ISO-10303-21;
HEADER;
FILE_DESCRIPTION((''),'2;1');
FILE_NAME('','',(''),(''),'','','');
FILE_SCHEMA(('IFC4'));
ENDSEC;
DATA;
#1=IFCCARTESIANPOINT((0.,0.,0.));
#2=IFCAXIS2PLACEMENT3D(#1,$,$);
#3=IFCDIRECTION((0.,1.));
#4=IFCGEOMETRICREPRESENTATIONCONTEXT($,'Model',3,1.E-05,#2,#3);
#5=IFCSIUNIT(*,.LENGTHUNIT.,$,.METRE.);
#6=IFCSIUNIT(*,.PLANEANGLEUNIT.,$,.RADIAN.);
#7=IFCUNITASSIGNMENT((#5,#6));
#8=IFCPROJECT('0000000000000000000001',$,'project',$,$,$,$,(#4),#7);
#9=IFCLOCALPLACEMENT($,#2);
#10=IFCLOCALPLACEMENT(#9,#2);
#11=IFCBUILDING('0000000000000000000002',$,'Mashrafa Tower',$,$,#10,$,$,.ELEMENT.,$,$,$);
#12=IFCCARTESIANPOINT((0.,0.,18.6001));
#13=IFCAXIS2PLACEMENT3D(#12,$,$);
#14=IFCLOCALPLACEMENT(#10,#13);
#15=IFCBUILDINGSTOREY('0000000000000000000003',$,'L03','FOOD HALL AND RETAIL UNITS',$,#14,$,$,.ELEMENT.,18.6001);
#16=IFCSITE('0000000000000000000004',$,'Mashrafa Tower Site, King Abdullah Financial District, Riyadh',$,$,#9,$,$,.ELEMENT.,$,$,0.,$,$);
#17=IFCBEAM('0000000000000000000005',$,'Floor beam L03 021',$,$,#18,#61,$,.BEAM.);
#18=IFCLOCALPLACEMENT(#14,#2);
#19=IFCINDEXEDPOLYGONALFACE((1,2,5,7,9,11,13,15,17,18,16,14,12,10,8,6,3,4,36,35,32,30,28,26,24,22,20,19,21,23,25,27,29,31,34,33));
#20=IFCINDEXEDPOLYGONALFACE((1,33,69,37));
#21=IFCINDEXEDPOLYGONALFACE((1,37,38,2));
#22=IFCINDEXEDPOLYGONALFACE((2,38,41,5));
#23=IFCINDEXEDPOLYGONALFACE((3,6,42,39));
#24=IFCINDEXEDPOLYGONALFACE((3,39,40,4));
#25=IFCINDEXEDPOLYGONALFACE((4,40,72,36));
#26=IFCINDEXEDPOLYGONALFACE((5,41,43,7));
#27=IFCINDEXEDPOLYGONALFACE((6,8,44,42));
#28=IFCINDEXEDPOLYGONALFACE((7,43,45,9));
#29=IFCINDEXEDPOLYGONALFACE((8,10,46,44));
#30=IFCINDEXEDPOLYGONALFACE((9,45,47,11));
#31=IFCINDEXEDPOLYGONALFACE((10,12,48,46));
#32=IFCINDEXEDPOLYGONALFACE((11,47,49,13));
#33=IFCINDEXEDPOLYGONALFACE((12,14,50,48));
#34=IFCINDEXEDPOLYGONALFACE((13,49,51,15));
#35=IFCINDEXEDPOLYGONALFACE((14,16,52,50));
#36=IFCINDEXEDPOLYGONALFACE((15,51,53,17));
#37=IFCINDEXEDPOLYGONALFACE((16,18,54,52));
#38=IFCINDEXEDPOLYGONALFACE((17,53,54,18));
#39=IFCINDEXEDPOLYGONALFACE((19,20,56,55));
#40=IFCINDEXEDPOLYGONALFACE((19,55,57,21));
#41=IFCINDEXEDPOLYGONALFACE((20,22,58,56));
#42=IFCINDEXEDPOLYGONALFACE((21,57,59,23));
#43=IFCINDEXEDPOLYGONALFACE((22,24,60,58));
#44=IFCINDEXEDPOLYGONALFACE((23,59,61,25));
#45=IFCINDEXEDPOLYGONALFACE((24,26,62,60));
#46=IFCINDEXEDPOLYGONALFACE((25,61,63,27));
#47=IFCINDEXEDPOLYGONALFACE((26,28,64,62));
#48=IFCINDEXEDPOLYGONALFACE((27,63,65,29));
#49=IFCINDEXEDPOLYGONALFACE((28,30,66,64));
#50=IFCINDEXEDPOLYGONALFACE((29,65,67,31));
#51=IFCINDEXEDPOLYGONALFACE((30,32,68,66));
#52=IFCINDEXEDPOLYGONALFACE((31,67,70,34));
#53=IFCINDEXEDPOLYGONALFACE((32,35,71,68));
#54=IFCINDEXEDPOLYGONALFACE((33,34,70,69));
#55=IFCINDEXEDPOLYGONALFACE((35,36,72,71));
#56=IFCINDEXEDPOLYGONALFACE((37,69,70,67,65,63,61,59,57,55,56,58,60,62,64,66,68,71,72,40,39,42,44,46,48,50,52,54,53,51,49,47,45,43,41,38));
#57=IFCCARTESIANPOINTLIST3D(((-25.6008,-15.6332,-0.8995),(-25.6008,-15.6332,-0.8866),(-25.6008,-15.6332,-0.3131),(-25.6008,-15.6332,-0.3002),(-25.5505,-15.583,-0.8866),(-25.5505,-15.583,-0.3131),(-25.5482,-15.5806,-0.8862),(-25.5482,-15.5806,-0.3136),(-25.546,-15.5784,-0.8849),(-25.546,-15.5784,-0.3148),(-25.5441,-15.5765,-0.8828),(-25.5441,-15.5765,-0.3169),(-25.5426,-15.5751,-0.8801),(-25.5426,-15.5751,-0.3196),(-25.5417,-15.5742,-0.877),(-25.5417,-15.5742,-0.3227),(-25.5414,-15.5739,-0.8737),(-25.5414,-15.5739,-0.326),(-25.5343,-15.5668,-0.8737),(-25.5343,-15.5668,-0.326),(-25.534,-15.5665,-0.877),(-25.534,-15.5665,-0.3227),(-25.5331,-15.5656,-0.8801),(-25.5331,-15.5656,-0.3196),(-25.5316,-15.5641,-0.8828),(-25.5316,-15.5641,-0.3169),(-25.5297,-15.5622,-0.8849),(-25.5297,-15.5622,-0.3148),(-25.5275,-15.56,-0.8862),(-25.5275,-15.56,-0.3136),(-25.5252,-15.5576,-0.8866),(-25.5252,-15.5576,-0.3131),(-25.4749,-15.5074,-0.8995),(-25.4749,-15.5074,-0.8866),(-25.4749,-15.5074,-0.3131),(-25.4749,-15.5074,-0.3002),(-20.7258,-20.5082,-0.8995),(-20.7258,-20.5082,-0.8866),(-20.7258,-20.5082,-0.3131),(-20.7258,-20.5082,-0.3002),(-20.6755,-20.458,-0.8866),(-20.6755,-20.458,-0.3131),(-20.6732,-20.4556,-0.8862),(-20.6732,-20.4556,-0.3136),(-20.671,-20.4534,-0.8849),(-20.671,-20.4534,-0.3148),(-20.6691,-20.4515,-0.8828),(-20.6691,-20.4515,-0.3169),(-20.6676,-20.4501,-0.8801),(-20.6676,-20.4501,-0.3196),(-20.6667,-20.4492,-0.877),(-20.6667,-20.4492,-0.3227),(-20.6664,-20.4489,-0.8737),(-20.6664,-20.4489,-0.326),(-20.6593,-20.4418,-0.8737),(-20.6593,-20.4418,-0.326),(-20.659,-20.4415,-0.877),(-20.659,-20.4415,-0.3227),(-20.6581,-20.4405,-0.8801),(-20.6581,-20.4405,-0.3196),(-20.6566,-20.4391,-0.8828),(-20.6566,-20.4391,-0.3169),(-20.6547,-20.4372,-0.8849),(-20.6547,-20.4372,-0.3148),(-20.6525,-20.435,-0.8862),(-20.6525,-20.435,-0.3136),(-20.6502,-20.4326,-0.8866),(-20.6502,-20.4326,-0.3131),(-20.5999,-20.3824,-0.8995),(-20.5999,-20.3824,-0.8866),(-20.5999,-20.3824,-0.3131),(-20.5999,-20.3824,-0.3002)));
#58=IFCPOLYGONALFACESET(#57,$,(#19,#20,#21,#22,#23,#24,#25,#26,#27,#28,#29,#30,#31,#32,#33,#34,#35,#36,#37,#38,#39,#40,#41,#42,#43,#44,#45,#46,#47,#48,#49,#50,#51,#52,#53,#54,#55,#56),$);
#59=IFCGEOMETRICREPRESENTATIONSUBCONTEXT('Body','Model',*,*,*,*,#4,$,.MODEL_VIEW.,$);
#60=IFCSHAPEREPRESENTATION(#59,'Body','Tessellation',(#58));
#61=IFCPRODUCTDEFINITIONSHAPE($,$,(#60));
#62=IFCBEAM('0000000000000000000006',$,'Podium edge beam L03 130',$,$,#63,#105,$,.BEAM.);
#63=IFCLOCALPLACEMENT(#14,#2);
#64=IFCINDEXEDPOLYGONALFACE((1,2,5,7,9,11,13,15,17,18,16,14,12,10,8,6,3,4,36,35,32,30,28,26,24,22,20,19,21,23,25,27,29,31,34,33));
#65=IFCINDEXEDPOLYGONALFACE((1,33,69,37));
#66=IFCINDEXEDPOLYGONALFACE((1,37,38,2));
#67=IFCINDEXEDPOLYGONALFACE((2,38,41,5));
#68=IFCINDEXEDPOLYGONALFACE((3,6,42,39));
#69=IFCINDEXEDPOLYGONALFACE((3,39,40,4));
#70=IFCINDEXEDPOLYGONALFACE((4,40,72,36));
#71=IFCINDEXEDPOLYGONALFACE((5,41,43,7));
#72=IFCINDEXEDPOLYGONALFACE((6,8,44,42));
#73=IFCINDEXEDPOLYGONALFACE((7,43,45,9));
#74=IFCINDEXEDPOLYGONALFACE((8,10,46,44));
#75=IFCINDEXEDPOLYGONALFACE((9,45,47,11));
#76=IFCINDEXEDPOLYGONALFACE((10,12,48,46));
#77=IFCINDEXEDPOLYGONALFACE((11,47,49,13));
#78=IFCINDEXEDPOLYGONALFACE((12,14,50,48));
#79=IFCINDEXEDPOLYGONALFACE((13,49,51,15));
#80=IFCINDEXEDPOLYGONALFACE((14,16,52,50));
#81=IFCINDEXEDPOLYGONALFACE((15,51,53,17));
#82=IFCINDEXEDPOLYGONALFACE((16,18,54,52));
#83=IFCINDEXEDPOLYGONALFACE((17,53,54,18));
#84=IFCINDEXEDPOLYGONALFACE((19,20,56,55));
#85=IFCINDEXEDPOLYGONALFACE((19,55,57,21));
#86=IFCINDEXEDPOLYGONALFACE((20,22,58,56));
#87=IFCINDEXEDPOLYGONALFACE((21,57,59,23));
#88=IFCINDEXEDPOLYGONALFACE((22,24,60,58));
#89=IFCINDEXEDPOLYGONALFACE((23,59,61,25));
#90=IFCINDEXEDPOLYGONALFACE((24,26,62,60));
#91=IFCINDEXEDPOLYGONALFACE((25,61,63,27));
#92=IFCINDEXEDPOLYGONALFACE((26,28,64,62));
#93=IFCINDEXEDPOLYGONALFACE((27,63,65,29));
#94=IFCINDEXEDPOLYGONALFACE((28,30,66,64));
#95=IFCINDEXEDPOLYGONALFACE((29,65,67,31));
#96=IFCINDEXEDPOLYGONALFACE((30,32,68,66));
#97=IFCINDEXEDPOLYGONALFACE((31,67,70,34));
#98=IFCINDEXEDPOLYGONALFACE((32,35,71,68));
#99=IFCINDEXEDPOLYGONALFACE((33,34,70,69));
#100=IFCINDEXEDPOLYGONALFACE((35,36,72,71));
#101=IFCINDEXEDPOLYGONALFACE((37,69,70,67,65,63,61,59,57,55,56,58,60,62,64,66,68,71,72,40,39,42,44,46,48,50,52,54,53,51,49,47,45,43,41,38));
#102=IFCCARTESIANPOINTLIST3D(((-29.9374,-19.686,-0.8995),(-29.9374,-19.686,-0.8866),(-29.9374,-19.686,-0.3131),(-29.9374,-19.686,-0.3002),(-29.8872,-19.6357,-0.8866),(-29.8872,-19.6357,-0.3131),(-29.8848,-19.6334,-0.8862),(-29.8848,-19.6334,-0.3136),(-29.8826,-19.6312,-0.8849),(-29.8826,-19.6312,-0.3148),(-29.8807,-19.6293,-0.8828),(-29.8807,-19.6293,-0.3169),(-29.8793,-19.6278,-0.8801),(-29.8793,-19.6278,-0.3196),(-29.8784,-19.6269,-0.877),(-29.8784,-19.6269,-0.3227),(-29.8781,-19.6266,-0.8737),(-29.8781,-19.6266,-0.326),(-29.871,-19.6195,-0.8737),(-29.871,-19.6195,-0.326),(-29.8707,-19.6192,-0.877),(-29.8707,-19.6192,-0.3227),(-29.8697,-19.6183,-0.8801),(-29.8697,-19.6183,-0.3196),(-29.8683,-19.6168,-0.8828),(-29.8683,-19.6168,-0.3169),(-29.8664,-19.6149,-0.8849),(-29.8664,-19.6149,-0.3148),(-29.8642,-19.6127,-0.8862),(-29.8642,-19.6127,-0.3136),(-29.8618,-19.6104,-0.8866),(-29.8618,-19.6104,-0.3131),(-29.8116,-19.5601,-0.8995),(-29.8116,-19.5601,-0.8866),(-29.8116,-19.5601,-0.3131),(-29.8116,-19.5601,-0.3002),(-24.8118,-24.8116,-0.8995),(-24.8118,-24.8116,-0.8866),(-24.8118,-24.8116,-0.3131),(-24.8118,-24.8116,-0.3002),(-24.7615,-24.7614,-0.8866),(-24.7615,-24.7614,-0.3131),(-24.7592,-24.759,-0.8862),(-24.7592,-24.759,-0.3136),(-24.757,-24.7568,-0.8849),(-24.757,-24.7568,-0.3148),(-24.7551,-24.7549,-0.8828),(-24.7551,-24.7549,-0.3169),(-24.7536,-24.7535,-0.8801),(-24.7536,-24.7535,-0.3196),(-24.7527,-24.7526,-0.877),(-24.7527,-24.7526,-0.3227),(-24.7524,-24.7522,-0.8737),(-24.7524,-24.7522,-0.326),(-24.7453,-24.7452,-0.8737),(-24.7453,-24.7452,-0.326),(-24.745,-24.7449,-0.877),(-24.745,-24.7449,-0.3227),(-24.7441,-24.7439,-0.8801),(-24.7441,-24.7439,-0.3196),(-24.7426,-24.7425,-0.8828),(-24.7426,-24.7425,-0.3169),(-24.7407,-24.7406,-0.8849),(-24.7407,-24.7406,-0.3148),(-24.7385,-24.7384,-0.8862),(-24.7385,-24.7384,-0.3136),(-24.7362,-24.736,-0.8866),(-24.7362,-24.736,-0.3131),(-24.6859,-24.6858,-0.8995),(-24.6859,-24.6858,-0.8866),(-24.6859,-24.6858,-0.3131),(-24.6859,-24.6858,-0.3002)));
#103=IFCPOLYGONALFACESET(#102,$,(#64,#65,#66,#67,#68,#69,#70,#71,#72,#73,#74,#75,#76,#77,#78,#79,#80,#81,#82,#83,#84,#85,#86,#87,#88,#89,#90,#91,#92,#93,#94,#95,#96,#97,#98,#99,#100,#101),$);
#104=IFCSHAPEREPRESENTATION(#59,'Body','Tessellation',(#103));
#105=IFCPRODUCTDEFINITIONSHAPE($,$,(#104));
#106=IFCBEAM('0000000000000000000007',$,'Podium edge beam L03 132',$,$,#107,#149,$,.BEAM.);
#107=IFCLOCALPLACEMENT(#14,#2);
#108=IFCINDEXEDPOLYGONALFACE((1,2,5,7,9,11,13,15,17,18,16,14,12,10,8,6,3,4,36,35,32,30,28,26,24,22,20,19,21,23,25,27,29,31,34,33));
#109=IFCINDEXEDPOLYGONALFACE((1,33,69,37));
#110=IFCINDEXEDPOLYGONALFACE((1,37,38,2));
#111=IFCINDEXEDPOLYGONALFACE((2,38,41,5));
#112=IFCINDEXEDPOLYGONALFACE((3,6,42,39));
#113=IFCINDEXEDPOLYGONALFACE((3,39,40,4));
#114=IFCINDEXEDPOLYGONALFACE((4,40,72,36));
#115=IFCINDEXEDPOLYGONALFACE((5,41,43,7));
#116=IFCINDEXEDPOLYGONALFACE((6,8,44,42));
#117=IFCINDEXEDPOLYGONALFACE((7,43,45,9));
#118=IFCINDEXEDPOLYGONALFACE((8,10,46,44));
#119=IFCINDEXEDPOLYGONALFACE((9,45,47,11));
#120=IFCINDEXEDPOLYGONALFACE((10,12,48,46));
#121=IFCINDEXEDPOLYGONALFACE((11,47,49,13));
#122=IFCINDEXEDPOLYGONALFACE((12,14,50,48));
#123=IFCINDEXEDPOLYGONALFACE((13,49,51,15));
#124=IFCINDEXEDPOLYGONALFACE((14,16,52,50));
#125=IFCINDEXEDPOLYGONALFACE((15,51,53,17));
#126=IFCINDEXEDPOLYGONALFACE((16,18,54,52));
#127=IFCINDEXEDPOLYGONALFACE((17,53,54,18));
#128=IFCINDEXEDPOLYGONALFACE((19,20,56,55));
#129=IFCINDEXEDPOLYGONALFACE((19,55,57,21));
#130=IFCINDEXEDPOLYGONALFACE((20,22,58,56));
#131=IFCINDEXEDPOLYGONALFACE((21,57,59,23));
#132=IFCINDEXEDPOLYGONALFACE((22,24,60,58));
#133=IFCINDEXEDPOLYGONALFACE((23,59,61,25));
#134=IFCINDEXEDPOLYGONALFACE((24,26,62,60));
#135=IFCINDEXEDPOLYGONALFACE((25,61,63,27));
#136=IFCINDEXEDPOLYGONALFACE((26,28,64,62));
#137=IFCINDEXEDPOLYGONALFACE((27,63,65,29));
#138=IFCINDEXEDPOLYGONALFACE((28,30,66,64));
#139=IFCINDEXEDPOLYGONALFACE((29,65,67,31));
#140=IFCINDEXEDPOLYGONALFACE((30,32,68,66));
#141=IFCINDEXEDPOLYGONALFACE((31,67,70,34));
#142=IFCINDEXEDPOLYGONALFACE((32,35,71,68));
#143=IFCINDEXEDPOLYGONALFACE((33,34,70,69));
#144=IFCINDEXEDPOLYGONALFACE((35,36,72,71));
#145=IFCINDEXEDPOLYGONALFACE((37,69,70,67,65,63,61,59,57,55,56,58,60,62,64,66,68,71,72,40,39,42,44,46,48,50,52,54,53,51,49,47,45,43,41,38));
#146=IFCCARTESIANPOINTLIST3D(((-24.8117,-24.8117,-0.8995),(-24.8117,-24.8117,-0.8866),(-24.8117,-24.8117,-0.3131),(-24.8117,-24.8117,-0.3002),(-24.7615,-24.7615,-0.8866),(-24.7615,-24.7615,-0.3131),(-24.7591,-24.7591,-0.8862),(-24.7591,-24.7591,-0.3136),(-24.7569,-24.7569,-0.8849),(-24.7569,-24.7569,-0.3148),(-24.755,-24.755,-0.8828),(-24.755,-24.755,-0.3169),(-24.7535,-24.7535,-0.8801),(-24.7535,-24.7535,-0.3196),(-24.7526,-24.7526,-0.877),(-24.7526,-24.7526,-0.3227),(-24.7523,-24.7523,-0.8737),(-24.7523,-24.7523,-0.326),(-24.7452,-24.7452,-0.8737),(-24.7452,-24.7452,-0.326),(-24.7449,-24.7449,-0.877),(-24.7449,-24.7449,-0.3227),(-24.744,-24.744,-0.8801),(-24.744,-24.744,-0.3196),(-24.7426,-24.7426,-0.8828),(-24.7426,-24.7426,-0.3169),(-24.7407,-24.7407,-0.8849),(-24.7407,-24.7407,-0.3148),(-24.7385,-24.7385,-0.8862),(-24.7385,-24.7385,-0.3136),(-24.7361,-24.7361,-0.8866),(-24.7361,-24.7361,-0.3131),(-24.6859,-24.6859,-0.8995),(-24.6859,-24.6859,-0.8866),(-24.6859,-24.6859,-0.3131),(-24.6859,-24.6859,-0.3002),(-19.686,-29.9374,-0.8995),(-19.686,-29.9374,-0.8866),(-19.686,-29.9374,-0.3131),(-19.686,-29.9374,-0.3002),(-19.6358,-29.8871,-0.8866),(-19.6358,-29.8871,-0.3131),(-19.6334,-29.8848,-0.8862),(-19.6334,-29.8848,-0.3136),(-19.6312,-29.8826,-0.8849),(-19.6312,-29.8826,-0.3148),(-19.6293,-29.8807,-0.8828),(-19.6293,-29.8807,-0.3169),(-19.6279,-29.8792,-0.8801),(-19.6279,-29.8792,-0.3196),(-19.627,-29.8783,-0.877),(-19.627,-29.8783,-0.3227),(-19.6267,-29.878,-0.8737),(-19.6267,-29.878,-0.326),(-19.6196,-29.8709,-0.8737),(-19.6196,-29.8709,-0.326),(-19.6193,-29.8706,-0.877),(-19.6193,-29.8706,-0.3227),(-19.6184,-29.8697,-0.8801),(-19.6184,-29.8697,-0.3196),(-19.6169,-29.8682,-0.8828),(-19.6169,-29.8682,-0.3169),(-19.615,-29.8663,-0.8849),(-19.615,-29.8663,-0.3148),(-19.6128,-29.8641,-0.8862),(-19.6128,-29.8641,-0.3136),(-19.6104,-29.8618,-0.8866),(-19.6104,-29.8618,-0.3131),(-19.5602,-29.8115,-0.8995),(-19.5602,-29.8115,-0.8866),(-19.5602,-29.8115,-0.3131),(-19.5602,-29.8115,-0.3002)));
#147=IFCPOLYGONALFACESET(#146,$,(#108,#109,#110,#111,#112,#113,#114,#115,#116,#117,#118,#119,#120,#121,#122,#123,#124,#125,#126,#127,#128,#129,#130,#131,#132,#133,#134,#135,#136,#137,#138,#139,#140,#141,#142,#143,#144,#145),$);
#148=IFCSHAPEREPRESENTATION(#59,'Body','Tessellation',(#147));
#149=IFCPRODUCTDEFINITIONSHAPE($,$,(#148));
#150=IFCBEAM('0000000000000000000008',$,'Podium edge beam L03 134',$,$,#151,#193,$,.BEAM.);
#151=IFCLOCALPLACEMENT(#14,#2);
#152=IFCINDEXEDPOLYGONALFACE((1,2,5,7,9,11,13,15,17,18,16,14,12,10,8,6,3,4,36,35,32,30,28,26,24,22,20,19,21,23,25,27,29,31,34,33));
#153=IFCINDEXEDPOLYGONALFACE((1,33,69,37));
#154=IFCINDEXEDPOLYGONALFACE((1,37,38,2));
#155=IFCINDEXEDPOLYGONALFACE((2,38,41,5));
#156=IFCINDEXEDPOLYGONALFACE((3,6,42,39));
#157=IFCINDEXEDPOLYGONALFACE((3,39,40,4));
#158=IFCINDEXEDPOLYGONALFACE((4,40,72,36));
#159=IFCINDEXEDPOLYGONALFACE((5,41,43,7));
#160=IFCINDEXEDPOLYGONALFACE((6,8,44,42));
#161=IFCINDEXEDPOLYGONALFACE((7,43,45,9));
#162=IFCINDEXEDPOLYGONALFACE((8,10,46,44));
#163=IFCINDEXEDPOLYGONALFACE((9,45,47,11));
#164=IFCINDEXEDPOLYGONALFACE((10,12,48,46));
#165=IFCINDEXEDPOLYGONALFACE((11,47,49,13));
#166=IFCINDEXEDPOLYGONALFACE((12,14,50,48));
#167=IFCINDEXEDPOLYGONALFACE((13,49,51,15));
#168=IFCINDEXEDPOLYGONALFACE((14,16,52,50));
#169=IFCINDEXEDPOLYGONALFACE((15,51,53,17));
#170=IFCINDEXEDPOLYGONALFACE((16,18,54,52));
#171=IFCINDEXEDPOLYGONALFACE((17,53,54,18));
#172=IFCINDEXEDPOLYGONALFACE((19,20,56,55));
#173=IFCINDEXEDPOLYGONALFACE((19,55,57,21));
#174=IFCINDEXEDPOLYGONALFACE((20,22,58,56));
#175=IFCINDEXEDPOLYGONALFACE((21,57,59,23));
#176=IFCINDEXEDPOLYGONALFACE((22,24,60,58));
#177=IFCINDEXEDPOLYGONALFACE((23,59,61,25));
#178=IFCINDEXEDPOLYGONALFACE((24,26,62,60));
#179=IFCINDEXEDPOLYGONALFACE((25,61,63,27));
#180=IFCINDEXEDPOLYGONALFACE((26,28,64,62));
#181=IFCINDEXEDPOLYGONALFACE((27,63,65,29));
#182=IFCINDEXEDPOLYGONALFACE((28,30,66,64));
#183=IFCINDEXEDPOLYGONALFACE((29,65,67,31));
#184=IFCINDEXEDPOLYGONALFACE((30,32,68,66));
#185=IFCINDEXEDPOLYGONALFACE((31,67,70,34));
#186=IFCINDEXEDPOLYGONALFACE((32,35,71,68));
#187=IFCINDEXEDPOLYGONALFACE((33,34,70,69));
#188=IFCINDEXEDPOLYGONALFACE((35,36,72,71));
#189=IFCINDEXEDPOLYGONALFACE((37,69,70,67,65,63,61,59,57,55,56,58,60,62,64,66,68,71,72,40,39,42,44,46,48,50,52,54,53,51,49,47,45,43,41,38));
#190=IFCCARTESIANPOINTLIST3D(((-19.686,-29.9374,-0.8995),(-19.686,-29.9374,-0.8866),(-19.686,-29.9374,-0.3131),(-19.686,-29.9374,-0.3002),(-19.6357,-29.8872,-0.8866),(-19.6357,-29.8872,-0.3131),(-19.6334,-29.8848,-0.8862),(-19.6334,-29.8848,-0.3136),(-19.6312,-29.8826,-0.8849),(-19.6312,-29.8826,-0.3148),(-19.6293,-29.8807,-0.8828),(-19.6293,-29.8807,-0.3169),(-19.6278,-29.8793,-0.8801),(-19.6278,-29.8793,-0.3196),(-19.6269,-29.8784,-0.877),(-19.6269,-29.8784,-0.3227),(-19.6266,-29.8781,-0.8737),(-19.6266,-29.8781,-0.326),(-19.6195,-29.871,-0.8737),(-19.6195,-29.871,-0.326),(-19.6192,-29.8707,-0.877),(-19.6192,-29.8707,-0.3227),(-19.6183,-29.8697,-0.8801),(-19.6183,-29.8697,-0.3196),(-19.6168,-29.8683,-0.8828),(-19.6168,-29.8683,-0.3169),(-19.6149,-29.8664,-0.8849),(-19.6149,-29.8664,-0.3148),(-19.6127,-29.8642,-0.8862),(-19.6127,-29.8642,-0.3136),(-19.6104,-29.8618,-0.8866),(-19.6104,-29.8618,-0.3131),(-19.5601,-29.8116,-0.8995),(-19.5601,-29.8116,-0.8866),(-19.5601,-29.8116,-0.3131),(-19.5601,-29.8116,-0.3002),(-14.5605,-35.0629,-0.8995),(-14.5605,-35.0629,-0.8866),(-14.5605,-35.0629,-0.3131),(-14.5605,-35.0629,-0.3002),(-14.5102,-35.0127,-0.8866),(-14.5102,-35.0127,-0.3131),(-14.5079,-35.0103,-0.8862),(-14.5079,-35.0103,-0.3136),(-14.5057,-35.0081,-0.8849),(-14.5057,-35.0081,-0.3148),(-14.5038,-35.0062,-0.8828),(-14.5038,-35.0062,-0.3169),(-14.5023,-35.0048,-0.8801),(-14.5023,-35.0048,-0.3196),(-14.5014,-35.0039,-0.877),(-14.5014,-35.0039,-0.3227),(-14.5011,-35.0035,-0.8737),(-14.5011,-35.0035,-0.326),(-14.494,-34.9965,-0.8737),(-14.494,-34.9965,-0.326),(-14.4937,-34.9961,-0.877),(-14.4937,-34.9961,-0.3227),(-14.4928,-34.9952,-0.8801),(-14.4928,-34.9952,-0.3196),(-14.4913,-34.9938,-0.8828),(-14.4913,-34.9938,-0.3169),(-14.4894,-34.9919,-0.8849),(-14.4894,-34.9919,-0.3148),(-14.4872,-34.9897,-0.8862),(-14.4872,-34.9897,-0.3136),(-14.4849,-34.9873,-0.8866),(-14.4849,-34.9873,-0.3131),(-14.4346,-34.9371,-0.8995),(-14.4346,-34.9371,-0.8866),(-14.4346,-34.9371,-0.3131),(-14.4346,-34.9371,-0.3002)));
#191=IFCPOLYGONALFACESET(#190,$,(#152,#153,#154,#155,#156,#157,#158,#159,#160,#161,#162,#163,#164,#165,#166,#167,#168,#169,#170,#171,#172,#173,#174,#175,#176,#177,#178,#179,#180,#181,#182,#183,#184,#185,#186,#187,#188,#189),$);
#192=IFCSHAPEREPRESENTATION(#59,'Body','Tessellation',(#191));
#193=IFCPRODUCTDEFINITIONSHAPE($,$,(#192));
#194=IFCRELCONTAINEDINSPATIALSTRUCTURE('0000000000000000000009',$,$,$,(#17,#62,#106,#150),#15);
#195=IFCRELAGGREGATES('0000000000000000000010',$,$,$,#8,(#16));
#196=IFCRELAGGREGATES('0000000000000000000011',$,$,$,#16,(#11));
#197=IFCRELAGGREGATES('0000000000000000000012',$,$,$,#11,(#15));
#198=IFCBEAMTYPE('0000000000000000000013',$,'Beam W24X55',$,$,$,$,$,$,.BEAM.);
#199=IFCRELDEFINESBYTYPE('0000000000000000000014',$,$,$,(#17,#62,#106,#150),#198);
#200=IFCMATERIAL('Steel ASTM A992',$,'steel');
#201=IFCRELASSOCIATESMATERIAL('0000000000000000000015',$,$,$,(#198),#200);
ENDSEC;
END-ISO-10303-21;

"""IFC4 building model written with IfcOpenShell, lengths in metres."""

from ifc_helpers import new_model, si_unit, direction, frame, origin, origin_2d, place, context, subcontext, project, spatial, i_section, extrude, material, material_profile, profile_set, type_object, element, save


model = new_model("IFC4")

# Units and contexts
model_context = context("Model", 3, precision=1e-05, world=origin(), true_north=direction((0.0, 1.0)))
body_context = subcontext(model_context, "Body", "Model", "MODEL_VIEW")
ifc_project = project(units=[si_unit("LENGTHUNIT", "METRE"), si_unit("PLANEANGLEUNIT", "RADIAN")], contexts=[model_context])

# Site, building, storey
site_placement = place(None, origin())
site = spatial("IfcSite", under=ifc_project, at=site_placement, Name="Mashrafa Tower Site, King Abdullah Financial District, Riyadh", CompositionType="ELEMENT", RefElevation=0.0)
building_placement = place(site_placement, origin())
building = spatial("IfcBuilding", under=site, at=building_placement, Name="Mashrafa Tower", CompositionType="ELEMENT")
storey_placement = place(building_placement, frame((0.0, 0.0, 18.6001)))
storey = spatial("IfcBuildingStorey", under=building, at=storey_placement, Name="L03", Description="FOOD HALL AND RETAIL UNITS", CompositionType="ELEMENT", Elevation=18.6001)

# Beams
ifc_material_1 = material(Name="Steel ASTM A992", Category="steel")
ifc_material_profile_1 = material_profile(ifc_material_1, i_section(OverallWidth=0.178, OverallDepth=0.5994, WebThickness=0.01, FlangeThickness=0.0129, FilletRadius=0.0129, at=origin_2d()), Name="W24X55")
ifc_profile_set_1 = profile_set([ifc_material_profile_1], Name="Steel ASTM A992")
beam_type_1 = type_object("IfcBeamType", Name="Beam W24X55", PredefinedType="BEAM", material=ifc_profile_set_1)
beam_1_placement = place(storey_placement, frame((-20.6628, -20.4453, -0.5999), z_axis=(-0.707107, 0.707107, 0.0), x_axis=(-0.707107, -0.707107, 0.0)))
element("IfcBeam", 1, at=beam_1_placement, inside=storey, type_object=beam_type_1, Name="Floor beam L03 021", PredefinedType="BEAM", context=body_context, shape_type="SweptSolid", body=[
    extrude(i_section(OverallWidth=0.178, OverallDepth=0.5994, WebThickness=0.01, FlangeThickness=0.0129, FilletRadius=0.0129, at=origin_2d()), origin(), (0.0, 0.0, 1.0), 6.8943),
])
for number, where, z_axis, x_axis, name in (
    (2, (-29.8745, -19.623, -0.5999), (0.707107, -0.707107, 0.0), (0.707107, 0.707107, 0.0), "Podium edge beam L03 130"),
    (3, (-24.7488, -24.7488, -0.5999), (0.707107, -0.707107, 0.0), (0.707107, 0.707107, 0.0), "Podium edge beam L03 132"),
):
    element("IfcBeam", number, at=place(storey_placement, frame(where, z_axis=z_axis, x_axis=x_axis)), inside=storey, type_object=beam_type_1, Name=name, PredefinedType="BEAM", context=body_context, shape_type="SweptSolid", body=[
        extrude(i_section(OverallWidth=0.178, OverallDepth=0.5994, WebThickness=0.01, FlangeThickness=0.0129, FilletRadius=0.0129, at=origin_2d()), origin(), (0.0, 0.0, 1.0), 7.2488),
    ])
beam_2_placement = place(storey_placement, frame((-19.623, -29.8745, -0.5999), z_axis=(0.707107, -0.707107, 0.0), x_axis=(0.707107, 0.707107, 0.0)))
element("IfcBeam", 4, at=beam_2_placement, inside=storey, type_object=beam_type_1, Name="Podium edge beam L03 134", PredefinedType="BEAM", context=body_context, shape_type="SweptSolid", body=[
    extrude(i_section(OverallWidth=0.178, OverallDepth=0.5994, WebThickness=0.01, FlangeThickness=0.0129, FilletRadius=0.0129, at=origin_2d()), origin(), (0.0, 0.0, 1.0), 7.2485),
])

save(model, "model.ifc")
